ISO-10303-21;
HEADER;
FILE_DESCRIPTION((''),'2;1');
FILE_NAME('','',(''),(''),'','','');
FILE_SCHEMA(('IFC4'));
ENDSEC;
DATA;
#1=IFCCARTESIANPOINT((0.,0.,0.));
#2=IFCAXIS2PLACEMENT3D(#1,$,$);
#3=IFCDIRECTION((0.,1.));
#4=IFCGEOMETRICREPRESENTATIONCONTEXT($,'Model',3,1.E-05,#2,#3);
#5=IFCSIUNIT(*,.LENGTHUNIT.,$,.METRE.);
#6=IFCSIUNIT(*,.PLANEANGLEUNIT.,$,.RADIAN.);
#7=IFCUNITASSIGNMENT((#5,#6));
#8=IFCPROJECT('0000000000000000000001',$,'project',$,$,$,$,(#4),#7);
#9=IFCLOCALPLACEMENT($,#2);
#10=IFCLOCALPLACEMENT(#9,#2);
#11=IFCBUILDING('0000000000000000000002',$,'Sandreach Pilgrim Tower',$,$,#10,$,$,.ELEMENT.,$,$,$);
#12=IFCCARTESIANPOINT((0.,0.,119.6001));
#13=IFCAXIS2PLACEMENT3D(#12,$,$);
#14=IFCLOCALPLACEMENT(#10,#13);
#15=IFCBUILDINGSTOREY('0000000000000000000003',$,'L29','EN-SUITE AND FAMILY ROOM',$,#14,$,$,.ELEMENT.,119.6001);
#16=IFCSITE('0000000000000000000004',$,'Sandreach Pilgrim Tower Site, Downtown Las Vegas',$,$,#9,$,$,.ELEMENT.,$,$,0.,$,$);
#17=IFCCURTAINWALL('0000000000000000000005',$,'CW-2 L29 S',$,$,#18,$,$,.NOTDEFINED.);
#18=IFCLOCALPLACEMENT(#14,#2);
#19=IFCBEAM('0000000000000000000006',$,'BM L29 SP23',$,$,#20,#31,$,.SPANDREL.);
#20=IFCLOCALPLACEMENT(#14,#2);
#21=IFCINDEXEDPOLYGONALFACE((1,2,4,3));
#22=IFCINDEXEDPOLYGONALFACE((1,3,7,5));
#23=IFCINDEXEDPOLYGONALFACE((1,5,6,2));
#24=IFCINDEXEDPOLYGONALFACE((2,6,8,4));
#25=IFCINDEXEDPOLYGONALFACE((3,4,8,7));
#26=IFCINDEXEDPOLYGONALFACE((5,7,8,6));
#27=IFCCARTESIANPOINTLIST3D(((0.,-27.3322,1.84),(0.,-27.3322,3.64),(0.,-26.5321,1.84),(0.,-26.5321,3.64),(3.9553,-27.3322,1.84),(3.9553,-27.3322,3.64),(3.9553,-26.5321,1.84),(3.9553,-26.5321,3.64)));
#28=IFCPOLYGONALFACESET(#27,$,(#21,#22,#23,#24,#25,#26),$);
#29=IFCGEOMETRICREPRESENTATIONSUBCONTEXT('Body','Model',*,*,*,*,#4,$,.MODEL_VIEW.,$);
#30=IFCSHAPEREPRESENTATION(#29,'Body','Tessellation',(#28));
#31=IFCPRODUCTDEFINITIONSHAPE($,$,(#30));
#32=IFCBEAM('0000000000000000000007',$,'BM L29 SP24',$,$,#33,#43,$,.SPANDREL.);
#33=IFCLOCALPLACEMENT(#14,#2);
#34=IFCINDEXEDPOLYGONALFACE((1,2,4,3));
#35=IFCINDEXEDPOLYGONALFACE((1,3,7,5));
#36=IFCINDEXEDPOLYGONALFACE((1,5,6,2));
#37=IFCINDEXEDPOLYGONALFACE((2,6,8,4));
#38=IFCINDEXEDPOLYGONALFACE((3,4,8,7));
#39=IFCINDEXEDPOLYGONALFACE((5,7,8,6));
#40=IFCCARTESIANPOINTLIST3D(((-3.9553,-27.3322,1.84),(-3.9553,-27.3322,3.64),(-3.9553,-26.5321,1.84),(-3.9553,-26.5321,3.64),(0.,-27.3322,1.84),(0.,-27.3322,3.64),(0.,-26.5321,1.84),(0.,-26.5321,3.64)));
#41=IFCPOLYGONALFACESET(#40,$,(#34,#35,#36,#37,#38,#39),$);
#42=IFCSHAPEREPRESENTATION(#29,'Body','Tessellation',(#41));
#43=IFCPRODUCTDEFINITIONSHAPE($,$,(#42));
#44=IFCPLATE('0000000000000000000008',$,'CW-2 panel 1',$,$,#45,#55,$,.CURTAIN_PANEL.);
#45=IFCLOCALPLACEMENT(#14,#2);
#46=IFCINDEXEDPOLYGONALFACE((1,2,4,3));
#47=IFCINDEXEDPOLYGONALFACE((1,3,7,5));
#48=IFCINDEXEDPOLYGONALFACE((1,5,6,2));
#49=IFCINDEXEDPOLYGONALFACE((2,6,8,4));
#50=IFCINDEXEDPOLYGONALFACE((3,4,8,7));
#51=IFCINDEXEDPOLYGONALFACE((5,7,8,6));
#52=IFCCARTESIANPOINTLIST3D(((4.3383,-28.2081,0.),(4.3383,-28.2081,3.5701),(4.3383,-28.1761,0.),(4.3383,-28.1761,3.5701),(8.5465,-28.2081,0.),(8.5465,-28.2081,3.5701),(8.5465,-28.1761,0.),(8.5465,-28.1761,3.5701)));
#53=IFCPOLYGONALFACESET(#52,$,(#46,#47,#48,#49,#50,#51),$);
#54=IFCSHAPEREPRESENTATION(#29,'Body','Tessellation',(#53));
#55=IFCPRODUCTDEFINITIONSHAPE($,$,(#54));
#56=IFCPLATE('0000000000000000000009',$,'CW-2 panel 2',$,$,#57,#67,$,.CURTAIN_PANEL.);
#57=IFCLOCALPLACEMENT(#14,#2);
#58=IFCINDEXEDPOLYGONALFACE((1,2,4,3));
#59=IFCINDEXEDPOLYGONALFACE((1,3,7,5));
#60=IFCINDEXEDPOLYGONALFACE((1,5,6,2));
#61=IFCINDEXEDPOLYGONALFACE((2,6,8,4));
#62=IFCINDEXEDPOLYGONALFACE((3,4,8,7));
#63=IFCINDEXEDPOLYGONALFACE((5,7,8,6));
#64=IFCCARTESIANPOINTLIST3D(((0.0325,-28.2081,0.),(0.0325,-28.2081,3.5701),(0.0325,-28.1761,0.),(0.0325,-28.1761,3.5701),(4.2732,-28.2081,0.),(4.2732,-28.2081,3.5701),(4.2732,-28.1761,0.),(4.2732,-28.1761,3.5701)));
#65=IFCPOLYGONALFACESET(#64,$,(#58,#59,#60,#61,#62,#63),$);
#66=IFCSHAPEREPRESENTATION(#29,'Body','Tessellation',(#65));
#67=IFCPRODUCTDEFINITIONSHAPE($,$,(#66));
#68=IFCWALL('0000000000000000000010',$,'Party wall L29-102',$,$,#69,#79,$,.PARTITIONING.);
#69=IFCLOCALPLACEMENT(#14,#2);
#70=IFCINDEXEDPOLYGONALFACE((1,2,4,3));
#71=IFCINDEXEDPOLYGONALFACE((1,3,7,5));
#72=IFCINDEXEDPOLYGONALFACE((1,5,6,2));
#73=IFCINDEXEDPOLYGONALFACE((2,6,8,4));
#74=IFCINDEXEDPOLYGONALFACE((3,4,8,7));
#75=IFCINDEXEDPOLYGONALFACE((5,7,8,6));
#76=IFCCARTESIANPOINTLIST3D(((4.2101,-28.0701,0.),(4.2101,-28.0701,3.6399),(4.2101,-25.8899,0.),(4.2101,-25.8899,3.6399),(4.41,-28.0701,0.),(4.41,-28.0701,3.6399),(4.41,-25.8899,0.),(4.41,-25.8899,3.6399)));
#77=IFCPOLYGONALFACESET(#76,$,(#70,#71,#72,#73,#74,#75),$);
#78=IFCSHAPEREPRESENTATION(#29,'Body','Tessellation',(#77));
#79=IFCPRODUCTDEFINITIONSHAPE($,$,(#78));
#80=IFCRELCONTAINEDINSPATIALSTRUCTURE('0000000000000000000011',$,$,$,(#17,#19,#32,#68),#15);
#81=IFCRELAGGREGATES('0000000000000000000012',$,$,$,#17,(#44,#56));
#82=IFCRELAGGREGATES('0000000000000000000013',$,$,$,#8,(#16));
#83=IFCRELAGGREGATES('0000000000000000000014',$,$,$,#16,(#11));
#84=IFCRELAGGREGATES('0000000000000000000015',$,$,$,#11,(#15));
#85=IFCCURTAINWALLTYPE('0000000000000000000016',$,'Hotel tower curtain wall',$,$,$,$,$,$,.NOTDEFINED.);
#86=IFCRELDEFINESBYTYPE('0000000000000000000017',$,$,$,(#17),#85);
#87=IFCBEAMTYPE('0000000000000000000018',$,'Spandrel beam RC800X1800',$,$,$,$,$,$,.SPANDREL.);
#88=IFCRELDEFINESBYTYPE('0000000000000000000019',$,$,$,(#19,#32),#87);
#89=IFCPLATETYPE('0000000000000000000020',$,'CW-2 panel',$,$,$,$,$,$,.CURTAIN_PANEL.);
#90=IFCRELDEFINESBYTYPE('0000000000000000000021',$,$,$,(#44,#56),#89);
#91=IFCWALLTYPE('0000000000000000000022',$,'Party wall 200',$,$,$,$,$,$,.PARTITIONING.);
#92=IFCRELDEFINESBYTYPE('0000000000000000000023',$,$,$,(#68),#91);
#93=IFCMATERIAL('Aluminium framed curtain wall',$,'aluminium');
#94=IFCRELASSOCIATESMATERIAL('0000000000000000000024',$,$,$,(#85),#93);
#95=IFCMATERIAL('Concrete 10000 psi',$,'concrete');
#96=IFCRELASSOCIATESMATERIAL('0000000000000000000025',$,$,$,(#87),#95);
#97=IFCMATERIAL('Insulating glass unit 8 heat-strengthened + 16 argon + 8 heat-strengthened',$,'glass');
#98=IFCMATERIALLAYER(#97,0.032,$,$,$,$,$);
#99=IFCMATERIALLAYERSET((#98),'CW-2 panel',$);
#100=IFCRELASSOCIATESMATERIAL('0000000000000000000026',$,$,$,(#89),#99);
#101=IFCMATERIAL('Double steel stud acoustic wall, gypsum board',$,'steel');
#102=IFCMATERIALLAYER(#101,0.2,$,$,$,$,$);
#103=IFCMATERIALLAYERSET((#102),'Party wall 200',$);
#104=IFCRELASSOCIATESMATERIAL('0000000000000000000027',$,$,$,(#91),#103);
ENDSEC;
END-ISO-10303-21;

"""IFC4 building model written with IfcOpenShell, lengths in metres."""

from ifc_helpers import new_model, si_unit, direction, frame, frame_2d, origin, origin_2d, place, context, subcontext, project, spatial, rectangle, extrude, material, layer, layer_set, material_profile, profile_set, type_object, element, aggregate, save


model = new_model("IFC4")

# Units and contexts
model_context = context("Model", 3, precision=1e-05, world=origin(), true_north=direction((0.0, 1.0)))
body_context = subcontext(model_context, "Body", "Model", "MODEL_VIEW")
ifc_project = project(units=[si_unit("LENGTHUNIT", "METRE"), si_unit("PLANEANGLEUNIT", "RADIAN")], contexts=[model_context])

# Site, building, storey
site_placement = place(None, origin())
site = spatial("IfcSite", under=ifc_project, at=site_placement, Name="Sandreach Pilgrim Tower Site, Downtown Las Vegas", CompositionType="ELEMENT", RefElevation=0.0)
building_placement = place(site_placement, origin())
building = spatial("IfcBuilding", under=site, at=building_placement, Name="Sandreach Pilgrim Tower", CompositionType="ELEMENT")
storey_placement = place(building_placement, frame((0.0, 0.0, 119.6001)))
storey = spatial("IfcBuildingStorey", under=building, at=storey_placement, Name="L29", Description="EN-SUITE AND FAMILY ROOM", CompositionType="ELEMENT", Elevation=119.6001)

# Curtain wall
ifc_material_1 = material(Name="Aluminium framed curtain wall", Category="aluminium")
curtain_wall_type = type_object("IfcCurtainWallType", Name="Hotel tower curtain wall", PredefinedType="NOTDEFINED", material=ifc_material_1)
curtain_wall_placement = place(storey_placement, origin())
curtain_wall = element("IfcCurtainWall", 1, at=curtain_wall_placement, inside=storey, type_object=curtain_wall_type, Name="CW-2 L29 S", PredefinedType="NOTDEFINED")

# Beams
ifc_material_2 = material(Name="Concrete 10000 psi", Category="concrete")
ifc_material_profile_1 = material_profile(ifc_material_2, rectangle(XDim=0.8, YDim=1.8, at=origin_2d()), Name="RC800X1800")
ifc_profile_set_1 = profile_set([ifc_material_profile_1], Name="Concrete 10000 psi")
beam_type_1 = type_object("IfcBeamType", Name="Spandrel beam RC800X1800", PredefinedType="SPANDREL", material=ifc_profile_set_1)
for number, where, z_axis, x_axis, name in (
    (2, (3.9553, -26.9321, 2.74), (-1.0, 0.0, 0.0), (0.0, -1.0, 0.0), "BM L29 SP23"),
    (3, (0.0, -26.9321, 2.74), (-1.0, 0.0, 0.0), (0.0, -1.0, 0.0), "BM L29 SP24"),
):
    element("IfcBeam", number, at=place(storey_placement, frame(where, z_axis=z_axis, x_axis=x_axis)), inside=storey, type_object=beam_type_1, Name=name, PredefinedType="SPANDREL", context=body_context, shape_type="SweptSolid", body=[
        extrude(rectangle(XDim=0.8, YDim=1.8, at=origin_2d()), origin(), (0.0, 0.0, 1.0), 3.9553),
    ])

# Plates
ifc_material_3 = material(Name="Insulating glass unit 8 heat-strengthened + 16 argon + 8 heat-strengthened", Category="glass")
ifc_layer_1 = layer(ifc_material_3, 0.032)
ifc_layer_set_1 = layer_set([ifc_layer_1], Name="CW-2 panel")
plate_type = type_object("IfcPlateType", Name="CW-2 panel", PredefinedType="CURTAIN_PANEL", material=ifc_layer_set_1)
plate_1_placement = place(storey_placement, frame((6.4424, -28.1921, 0.0), z_axis=(0.0, 0.0, 1.0), x_axis=(-1.0, 0.0, 0.0)))
plate_1 = element("IfcPlate", 4, at=plate_1_placement, type_object=plate_type, Name="CW-2 panel 1", PredefinedType="CURTAIN_PANEL", context=body_context, shape_type="SweptSolid", body=[
    extrude(rectangle(XDim=4.2083, YDim=0.032, at=origin_2d()), origin(), (0.0, 0.0, 1.0), 3.5701),
])
plate_2_placement = place(storey_placement, frame((2.1528, -28.1921, 0.0), z_axis=(0.0, 0.0, 1.0), x_axis=(-1.0, 0.0, 0.0)))
plate_2 = element("IfcPlate", 5, at=plate_2_placement, type_object=plate_type, Name="CW-2 panel 2", PredefinedType="CURTAIN_PANEL", context=body_context, shape_type="SweptSolid", body=[
    extrude(rectangle(XDim=4.2407, YDim=0.032, at=origin_2d()), origin(), (0.0, 0.0, 1.0), 3.5701),
])
aggregate(curtain_wall, [plate_1, plate_2])

# Wall
ifc_material_4 = material(Name="Double steel stud acoustic wall, gypsum board", Category="steel")
ifc_layer_2 = layer(ifc_material_4, 0.2)
ifc_layer_set_2 = layer_set([ifc_layer_2], Name="Party wall 200")
wall_type = type_object("IfcWallType", Name="Party wall 200", PredefinedType="PARTITIONING", material=ifc_layer_set_2)
wall_placement = place(storey_placement, frame((4.3101, -28.0701, 0.0), z_axis=(0.0, 0.0, 1.0), x_axis=(0.0, 1.0, 0.0)))
element("IfcWall", 6, at=wall_placement, inside=storey, type_object=wall_type, Name="Party wall L29-102", PredefinedType="PARTITIONING", context=body_context, shape_type="SweptSolid", body=[
    extrude(rectangle(XDim=2.1802, YDim=0.2, at=frame_2d((1.0901, 0.0))), origin(), (0.0, 0.0, 1.0), 3.6399),
])

save(model, "model.ifc")
